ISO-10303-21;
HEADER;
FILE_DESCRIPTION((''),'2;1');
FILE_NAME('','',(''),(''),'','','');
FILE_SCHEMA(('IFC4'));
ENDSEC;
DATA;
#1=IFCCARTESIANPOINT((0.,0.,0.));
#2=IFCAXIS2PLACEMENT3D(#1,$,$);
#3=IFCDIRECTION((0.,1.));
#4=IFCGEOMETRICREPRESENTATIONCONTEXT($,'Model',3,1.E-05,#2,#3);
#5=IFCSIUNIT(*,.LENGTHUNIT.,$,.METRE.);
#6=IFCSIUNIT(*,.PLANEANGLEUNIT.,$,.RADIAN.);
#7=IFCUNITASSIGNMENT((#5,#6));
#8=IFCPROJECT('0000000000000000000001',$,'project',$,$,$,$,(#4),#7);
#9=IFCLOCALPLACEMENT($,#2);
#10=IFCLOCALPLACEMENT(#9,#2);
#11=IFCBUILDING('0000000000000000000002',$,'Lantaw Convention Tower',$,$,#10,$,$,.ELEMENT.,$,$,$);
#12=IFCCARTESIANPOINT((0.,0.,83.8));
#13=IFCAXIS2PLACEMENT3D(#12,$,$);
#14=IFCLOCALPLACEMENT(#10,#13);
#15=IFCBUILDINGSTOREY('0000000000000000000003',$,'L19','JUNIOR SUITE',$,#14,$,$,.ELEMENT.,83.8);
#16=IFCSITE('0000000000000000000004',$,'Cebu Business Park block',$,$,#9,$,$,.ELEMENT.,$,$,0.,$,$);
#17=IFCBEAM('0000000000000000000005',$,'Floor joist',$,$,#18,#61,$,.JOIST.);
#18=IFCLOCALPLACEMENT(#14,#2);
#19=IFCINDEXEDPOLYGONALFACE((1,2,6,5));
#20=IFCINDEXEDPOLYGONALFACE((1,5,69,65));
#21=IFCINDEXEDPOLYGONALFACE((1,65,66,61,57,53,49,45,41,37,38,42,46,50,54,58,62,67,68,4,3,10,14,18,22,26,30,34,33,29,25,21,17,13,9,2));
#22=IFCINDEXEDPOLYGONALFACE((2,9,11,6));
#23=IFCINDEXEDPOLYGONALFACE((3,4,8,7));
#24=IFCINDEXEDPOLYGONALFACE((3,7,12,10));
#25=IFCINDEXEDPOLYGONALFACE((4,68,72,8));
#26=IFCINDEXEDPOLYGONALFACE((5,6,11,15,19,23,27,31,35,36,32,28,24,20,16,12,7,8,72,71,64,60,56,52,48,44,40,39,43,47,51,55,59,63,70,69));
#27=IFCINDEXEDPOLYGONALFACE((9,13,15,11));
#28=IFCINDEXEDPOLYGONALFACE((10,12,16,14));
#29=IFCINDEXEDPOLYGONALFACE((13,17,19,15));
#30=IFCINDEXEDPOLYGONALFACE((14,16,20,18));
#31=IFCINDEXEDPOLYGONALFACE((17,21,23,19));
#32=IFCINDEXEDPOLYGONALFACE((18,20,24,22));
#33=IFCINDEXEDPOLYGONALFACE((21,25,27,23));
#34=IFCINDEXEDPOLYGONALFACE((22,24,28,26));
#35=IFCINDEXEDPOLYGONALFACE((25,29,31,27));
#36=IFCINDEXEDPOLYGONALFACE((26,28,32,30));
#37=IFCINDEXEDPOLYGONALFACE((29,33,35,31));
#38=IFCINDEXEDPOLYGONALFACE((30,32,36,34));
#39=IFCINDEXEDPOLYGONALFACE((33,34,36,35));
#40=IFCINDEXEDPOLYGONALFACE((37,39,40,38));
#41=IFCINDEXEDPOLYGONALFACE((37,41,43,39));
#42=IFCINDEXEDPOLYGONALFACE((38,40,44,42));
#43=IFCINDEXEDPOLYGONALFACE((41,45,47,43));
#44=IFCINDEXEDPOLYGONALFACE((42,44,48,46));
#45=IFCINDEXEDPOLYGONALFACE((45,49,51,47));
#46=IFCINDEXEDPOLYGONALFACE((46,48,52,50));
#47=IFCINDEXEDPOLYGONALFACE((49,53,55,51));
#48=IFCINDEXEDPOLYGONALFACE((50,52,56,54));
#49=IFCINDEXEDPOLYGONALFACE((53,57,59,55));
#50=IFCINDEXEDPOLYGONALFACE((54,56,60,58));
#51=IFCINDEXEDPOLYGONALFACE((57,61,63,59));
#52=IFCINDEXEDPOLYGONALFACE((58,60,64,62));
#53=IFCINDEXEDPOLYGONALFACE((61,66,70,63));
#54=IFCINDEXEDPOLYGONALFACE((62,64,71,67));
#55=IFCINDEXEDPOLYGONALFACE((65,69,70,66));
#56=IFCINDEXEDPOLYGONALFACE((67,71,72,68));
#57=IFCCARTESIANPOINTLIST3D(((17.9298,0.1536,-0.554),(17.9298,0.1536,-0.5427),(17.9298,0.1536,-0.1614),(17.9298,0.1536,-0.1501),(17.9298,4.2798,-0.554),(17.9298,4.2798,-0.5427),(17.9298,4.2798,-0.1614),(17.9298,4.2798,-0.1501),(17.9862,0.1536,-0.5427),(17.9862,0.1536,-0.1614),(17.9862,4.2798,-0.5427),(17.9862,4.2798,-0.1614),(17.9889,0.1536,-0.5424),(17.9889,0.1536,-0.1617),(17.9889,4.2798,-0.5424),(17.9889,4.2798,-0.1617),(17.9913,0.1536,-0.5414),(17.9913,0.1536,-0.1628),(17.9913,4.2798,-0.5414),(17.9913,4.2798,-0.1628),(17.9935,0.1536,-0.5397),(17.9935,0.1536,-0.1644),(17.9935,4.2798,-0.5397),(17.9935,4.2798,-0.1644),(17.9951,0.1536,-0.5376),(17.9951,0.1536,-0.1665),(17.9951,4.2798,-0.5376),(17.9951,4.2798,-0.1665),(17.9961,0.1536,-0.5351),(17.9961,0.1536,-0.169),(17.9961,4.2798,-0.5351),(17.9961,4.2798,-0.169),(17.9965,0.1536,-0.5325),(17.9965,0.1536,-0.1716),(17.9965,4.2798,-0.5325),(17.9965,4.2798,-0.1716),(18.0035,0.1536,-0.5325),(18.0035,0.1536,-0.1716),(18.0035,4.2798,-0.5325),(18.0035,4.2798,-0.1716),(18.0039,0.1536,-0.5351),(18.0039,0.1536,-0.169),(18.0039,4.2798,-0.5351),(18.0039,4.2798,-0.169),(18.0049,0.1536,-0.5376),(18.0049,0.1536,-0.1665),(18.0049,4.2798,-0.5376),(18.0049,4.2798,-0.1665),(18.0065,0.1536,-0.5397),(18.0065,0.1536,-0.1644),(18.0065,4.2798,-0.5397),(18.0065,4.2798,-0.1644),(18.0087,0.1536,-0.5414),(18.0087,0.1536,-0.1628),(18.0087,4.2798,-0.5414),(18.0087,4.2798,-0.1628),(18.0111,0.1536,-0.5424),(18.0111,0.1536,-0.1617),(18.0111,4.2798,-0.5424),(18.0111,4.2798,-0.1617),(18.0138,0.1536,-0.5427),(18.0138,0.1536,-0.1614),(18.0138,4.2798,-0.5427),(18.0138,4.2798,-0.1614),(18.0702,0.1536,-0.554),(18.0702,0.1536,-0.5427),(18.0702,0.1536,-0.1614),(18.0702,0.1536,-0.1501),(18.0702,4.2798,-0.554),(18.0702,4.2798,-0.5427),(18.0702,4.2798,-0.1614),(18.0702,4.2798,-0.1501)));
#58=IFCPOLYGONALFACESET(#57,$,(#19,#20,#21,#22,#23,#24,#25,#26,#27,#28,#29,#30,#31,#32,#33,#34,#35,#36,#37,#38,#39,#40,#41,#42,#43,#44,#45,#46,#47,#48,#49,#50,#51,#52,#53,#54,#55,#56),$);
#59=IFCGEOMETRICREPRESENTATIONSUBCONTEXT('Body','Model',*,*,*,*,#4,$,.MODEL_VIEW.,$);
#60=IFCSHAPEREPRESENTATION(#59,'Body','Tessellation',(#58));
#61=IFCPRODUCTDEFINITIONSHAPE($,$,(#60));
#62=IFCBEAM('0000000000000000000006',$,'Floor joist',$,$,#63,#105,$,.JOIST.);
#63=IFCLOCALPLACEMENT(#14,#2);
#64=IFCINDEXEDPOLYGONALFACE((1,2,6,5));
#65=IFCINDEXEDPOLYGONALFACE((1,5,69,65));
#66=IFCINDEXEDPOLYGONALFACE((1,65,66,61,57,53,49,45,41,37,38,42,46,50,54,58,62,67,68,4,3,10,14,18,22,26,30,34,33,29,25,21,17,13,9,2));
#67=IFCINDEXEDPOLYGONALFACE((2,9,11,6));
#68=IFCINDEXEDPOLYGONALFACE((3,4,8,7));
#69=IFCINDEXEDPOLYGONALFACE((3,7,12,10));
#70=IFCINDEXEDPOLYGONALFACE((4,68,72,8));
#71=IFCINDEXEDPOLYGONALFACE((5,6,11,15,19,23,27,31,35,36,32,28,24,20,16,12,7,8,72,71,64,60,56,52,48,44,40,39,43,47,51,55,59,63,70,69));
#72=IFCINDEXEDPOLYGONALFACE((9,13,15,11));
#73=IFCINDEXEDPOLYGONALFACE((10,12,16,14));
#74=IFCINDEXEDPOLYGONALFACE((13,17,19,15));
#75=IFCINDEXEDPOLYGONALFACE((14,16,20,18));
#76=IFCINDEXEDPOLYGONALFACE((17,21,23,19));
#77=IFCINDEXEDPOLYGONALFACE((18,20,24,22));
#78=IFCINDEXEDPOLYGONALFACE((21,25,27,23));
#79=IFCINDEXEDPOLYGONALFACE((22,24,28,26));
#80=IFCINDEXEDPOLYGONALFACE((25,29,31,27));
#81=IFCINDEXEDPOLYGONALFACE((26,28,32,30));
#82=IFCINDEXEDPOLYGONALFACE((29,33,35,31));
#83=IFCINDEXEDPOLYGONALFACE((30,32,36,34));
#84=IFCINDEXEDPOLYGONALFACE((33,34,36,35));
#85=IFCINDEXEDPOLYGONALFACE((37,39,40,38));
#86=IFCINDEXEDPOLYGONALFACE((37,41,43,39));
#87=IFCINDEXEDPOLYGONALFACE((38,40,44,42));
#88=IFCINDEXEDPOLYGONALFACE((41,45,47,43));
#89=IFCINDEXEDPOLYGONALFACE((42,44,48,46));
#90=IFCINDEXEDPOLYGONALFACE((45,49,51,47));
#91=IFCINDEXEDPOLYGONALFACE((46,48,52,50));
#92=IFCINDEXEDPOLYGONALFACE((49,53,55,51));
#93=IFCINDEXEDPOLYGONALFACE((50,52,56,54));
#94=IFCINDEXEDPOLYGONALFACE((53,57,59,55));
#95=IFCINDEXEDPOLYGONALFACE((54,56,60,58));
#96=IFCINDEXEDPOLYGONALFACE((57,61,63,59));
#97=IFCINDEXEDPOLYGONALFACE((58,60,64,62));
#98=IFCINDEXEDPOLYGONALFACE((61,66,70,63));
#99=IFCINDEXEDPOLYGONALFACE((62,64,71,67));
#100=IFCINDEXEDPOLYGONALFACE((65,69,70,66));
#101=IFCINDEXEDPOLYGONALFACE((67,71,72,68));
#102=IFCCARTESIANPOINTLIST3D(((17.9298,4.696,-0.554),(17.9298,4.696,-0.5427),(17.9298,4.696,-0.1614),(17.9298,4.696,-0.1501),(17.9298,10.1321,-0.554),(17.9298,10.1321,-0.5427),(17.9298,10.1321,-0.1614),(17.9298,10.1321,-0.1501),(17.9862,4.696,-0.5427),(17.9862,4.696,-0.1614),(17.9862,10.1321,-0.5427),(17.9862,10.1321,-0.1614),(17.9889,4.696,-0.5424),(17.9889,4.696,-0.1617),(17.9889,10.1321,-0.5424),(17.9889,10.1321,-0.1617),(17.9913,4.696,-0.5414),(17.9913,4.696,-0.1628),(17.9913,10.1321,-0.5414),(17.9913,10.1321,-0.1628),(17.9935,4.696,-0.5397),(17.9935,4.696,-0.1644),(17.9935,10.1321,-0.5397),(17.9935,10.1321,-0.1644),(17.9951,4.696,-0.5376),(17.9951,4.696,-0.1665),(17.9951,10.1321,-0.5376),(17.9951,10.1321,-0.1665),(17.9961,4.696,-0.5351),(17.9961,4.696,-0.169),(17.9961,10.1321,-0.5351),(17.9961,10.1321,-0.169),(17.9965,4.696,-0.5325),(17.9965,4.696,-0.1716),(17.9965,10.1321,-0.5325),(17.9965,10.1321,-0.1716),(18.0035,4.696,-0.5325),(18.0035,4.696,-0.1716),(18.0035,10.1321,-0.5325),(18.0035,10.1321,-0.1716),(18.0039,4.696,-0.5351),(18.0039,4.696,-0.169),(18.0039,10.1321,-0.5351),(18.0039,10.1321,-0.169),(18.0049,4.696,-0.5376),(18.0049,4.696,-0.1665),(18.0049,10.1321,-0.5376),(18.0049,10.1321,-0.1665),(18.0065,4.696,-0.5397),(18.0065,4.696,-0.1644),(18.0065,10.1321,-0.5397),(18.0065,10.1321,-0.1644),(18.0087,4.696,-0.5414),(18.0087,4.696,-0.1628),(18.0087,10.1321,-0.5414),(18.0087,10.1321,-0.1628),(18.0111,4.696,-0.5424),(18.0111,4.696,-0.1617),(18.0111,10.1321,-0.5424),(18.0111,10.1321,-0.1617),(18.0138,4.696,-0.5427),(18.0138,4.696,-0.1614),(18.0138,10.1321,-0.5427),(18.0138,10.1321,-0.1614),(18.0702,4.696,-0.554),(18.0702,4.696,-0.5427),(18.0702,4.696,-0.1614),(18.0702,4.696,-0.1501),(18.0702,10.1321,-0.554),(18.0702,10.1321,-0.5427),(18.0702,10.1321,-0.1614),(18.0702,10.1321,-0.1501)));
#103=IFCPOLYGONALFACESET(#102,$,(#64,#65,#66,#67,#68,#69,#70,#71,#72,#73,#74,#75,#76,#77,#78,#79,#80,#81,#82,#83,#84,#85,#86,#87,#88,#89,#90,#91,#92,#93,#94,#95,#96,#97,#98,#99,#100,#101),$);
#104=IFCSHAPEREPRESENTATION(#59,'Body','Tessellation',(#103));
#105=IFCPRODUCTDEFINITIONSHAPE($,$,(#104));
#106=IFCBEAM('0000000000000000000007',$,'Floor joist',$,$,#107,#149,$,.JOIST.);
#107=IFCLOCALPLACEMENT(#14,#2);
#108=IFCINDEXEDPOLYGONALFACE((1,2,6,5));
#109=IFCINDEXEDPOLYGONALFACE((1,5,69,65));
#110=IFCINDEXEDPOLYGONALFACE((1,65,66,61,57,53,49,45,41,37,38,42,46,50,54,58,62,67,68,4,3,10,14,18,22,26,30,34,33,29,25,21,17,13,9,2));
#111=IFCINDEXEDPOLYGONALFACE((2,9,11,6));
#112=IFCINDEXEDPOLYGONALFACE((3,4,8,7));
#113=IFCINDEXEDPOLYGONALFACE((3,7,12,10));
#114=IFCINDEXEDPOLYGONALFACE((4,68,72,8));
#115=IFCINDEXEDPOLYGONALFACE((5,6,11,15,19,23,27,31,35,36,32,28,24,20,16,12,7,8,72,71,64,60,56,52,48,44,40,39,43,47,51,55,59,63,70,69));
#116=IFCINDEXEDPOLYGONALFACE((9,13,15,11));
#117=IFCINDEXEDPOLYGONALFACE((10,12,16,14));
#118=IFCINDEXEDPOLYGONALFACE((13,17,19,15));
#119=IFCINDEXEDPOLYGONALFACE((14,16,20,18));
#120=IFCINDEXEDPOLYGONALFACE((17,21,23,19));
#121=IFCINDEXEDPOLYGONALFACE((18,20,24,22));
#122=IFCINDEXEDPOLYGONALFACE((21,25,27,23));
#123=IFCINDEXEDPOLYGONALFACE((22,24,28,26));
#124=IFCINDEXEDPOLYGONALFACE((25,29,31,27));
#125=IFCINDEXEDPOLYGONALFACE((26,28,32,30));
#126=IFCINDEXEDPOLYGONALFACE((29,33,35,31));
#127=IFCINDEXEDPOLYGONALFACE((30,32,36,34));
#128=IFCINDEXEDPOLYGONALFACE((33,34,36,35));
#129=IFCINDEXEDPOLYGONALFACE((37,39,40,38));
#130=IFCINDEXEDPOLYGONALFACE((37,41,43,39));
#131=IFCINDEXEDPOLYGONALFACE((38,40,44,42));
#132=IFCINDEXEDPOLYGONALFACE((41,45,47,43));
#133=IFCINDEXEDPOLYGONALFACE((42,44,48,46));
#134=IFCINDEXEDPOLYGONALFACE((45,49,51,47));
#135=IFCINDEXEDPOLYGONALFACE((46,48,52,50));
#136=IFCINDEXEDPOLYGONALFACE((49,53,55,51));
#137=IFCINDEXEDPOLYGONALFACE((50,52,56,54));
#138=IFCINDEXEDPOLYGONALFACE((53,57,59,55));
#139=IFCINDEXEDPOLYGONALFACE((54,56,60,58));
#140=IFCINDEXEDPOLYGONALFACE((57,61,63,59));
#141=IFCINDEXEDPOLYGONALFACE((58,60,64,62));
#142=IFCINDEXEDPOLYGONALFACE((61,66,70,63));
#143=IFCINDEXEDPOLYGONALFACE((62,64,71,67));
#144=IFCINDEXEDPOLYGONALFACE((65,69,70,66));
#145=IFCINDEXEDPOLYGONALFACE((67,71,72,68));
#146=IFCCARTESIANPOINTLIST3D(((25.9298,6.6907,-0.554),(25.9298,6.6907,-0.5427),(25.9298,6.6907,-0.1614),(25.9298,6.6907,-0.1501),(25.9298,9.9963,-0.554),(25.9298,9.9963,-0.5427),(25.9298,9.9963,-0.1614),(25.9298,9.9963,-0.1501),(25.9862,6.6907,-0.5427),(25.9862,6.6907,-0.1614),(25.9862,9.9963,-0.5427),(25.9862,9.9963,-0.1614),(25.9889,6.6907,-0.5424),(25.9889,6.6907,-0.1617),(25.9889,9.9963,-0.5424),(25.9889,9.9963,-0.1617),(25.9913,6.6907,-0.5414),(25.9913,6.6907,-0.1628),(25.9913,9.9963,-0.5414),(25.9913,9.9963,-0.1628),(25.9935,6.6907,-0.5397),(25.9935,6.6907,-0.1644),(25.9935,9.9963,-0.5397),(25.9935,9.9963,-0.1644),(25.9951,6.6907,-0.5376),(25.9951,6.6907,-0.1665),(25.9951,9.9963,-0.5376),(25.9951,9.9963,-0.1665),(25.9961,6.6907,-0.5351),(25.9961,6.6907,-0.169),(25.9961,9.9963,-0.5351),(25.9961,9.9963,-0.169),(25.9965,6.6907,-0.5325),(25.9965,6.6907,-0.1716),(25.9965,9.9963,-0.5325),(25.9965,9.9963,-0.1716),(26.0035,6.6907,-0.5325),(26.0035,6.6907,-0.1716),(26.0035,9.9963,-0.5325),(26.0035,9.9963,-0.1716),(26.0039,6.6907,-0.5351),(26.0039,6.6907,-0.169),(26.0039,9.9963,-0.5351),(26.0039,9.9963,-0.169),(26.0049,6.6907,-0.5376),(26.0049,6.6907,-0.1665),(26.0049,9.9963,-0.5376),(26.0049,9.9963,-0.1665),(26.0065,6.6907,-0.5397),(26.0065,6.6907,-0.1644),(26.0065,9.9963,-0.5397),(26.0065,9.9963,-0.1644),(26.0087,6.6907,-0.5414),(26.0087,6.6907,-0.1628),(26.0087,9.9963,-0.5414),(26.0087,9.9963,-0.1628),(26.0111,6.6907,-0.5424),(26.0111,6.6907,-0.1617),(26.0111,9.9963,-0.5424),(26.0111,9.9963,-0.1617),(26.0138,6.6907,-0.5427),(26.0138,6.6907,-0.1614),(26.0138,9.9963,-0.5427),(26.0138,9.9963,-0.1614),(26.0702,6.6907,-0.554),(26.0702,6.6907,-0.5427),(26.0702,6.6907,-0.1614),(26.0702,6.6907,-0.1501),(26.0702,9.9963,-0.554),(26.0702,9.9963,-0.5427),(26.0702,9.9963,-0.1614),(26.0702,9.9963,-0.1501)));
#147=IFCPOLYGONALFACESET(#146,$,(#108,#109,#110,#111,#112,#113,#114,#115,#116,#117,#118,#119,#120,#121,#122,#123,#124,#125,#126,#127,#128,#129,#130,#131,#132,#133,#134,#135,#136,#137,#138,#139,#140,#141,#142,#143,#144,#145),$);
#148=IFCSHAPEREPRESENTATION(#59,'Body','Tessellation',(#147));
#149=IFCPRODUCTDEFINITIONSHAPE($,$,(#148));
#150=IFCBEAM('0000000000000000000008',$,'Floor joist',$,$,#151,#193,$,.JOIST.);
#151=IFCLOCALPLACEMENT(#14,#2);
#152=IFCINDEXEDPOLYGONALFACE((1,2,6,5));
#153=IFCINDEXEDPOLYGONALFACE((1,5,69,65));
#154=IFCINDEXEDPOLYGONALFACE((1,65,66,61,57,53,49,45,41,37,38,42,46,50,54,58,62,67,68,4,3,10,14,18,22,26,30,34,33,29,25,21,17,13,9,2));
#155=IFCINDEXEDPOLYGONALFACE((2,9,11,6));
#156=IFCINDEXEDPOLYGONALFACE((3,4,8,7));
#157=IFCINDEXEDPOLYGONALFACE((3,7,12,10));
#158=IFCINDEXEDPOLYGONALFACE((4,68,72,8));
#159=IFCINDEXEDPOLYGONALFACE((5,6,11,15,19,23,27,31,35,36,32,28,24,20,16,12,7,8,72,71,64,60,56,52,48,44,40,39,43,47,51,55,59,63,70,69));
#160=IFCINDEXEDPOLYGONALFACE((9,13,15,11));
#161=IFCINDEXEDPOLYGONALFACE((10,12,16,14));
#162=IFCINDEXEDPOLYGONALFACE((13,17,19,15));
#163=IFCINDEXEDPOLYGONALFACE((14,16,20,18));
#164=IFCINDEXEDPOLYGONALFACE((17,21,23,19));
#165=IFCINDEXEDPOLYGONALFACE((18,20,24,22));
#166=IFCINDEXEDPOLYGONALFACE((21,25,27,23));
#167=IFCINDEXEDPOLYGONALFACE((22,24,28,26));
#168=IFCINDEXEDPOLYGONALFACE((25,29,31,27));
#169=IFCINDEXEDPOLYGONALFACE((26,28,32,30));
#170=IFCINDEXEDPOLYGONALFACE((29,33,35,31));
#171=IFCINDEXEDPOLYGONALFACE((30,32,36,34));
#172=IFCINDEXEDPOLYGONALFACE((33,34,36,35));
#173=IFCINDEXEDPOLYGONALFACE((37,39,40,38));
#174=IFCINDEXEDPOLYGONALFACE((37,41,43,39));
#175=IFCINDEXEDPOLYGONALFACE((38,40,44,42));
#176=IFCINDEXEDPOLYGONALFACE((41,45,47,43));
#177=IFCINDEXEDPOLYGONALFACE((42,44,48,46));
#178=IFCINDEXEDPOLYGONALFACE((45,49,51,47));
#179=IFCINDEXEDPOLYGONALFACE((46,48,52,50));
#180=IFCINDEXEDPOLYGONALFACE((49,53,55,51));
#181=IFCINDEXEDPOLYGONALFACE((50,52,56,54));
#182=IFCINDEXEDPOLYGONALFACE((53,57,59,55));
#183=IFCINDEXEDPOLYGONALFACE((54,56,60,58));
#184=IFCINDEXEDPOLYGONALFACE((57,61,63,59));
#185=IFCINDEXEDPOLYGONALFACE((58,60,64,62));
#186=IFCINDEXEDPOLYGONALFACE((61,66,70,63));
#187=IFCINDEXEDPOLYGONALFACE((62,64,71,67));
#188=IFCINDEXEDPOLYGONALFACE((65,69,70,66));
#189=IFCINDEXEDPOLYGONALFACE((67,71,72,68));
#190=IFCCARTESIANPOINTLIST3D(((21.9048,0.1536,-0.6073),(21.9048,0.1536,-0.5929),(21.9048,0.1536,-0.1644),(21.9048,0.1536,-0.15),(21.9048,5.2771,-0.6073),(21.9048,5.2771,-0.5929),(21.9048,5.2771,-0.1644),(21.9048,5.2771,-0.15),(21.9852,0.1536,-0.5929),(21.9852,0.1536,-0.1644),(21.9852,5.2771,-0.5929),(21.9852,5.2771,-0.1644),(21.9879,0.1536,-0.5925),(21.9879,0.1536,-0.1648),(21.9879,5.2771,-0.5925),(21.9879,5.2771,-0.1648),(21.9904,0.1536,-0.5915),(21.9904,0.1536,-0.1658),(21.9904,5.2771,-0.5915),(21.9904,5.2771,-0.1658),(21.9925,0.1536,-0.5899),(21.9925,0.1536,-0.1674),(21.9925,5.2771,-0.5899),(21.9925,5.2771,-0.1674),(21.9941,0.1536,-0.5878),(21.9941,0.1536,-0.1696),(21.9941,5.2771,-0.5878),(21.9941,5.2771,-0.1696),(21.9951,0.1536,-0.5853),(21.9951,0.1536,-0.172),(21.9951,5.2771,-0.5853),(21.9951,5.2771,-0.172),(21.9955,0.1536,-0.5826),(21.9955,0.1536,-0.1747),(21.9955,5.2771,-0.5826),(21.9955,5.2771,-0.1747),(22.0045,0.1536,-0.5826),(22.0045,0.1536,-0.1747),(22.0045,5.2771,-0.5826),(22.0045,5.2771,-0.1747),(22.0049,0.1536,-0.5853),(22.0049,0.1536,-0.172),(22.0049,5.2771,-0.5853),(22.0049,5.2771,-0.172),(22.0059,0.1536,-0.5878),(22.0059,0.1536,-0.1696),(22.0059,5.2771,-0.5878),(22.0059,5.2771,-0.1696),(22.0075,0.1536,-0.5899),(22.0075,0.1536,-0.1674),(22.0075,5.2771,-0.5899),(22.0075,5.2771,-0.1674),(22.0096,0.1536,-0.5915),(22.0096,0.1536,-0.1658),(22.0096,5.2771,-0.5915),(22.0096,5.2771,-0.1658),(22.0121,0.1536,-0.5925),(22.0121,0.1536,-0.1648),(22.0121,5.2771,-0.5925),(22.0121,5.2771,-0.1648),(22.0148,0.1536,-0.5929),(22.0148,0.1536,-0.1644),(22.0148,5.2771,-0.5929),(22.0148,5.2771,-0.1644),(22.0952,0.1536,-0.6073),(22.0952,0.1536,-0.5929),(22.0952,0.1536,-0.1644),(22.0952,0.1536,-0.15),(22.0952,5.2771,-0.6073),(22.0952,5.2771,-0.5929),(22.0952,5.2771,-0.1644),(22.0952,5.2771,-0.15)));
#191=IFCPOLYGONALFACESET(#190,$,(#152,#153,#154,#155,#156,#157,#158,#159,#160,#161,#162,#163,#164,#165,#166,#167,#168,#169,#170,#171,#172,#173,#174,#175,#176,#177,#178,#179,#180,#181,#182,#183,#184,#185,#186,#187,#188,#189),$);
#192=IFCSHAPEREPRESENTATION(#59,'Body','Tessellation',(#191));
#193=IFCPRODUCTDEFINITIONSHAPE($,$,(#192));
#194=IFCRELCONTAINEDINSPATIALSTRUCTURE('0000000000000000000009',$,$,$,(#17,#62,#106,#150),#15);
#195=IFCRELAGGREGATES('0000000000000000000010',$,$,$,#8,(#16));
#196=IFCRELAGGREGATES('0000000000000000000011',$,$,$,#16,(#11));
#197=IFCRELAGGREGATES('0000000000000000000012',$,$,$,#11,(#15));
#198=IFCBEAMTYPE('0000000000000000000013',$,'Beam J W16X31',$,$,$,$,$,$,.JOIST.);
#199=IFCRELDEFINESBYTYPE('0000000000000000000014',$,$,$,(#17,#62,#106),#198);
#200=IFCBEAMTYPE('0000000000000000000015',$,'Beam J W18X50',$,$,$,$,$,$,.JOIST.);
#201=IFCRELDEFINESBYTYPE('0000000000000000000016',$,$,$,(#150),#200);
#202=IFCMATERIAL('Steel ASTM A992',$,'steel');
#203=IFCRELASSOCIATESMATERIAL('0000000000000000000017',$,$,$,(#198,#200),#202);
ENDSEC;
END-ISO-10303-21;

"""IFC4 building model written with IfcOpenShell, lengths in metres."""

from ifc_helpers import new_model, si_unit, direction, frame, origin, origin_2d, place, context, subcontext, project, spatial, i_section, extrude, material, material_profile, profile_set, type_object, element, save


model = new_model("IFC4")

# Units and contexts
model_context = context("Model", 3, precision=1e-05, world=origin(), true_north=direction((0.0, 1.0)))
body_context = subcontext(model_context, "Body", "Model", "MODEL_VIEW")
ifc_project = project(units=[si_unit("LENGTHUNIT", "METRE"), si_unit("PLANEANGLEUNIT", "RADIAN")], contexts=[model_context])

# Site, building, storey
site_placement = place(None, origin())
site = spatial("IfcSite", under=ifc_project, at=site_placement, Name="Cebu Business Park block", CompositionType="ELEMENT", RefElevation=0.0)
building_placement = place(site_placement, origin())
building = spatial("IfcBuilding", under=site, at=building_placement, Name="Lantaw Convention Tower", CompositionType="ELEMENT")
storey_placement = place(building_placement, frame((0.0, 0.0, 83.8)))
storey = spatial("IfcBuildingStorey", under=building, at=storey_placement, Name="L19", Description="JUNIOR SUITE", CompositionType="ELEMENT", Elevation=83.8)

# Beams
ifc_material_1 = material(Name="Steel ASTM A992", Category="steel")
ifc_material_profile_1 = material_profile(ifc_material_1, i_section(OverallWidth=0.1404, OverallDepth=0.4038, WebThickness=0.0071, FlangeThickness=0.0112, FilletRadius=0.0103, at=origin_2d()), Name="W16X31")
ifc_profile_set_1 = profile_set([ifc_material_profile_1], Name="Steel ASTM A992")
beam_type_1 = type_object("IfcBeamType", Name="Beam J W16X31", PredefinedType="JOIST", material=ifc_profile_set_1)
beam_1_placement = place(storey_placement, frame((18.0, 0.1536, -0.3521), z_axis=(0.0, 1.0, 0.0), x_axis=(-1.0, 0.0, 0.0)))
element("IfcBeam", 1, at=beam_1_placement, inside=storey, type_object=beam_type_1, Name="Floor joist", PredefinedType="JOIST", context=body_context, shape_type="SweptSolid", body=[
    extrude(i_section(OverallWidth=0.1404, OverallDepth=0.4038, WebThickness=0.0071, FlangeThickness=0.0112, FilletRadius=0.0103, at=origin_2d()), origin(), (0.0, 0.0, 1.0), 4.1262),
])
beam_2_placement = place(storey_placement, frame((18.0, 4.696, -0.3521), z_axis=(0.0, 1.0, 0.0), x_axis=(-1.0, 0.0, 0.0)))
element("IfcBeam", 2, at=beam_2_placement, inside=storey, type_object=beam_type_1, Name="Floor joist", PredefinedType="JOIST", context=body_context, shape_type="SweptSolid", body=[
    extrude(i_section(OverallWidth=0.1404, OverallDepth=0.4038, WebThickness=0.0071, FlangeThickness=0.0112, FilletRadius=0.0103, at=origin_2d()), origin(), (0.0, 0.0, 1.0), 5.436),
])
beam_3_placement = place(storey_placement, frame((26.0, 6.6907, -0.3521), z_axis=(0.0, 1.0, 0.0), x_axis=(-1.0, 0.0, 0.0)))
element("IfcBeam", 3, at=beam_3_placement, inside=storey, type_object=beam_type_1, Name="Floor joist", PredefinedType="JOIST", context=body_context, shape_type="SweptSolid", body=[
    extrude(i_section(OverallWidth=0.1404, OverallDepth=0.4038, WebThickness=0.0071, FlangeThickness=0.0112, FilletRadius=0.0103, at=origin_2d()), origin(), (0.0, 0.0, 1.0), 3.3057),
])
ifc_material_profile_2 = material_profile(ifc_material_1, i_section(OverallWidth=0.1904, OverallDepth=0.4573, WebThickness=0.009, FlangeThickness=0.0144, FilletRadius=0.0103, at=origin_2d()), Name="W18X50")
ifc_profile_set_2 = profile_set([ifc_material_profile_2], Name="Steel ASTM A992")
beam_type_2 = type_object("IfcBeamType", Name="Beam J W18X50", PredefinedType="JOIST", material=ifc_profile_set_2)
beam_4_placement = place(storey_placement, frame((22.0, 0.1536, -0.3787), z_axis=(0.0, 1.0, 0.0), x_axis=(-1.0, 0.0, 0.0)))
element("IfcBeam", 4, at=beam_4_placement, inside=storey, type_object=beam_type_2, Name="Floor joist", PredefinedType="JOIST", context=body_context, shape_type="SweptSolid", body=[
    extrude(i_section(OverallWidth=0.1904, OverallDepth=0.4573, WebThickness=0.009, FlangeThickness=0.0144, FilletRadius=0.0103, at=origin_2d()), origin(), (0.0, 0.0, 1.0), 5.1235),
])

save(model, "model.ifc")
